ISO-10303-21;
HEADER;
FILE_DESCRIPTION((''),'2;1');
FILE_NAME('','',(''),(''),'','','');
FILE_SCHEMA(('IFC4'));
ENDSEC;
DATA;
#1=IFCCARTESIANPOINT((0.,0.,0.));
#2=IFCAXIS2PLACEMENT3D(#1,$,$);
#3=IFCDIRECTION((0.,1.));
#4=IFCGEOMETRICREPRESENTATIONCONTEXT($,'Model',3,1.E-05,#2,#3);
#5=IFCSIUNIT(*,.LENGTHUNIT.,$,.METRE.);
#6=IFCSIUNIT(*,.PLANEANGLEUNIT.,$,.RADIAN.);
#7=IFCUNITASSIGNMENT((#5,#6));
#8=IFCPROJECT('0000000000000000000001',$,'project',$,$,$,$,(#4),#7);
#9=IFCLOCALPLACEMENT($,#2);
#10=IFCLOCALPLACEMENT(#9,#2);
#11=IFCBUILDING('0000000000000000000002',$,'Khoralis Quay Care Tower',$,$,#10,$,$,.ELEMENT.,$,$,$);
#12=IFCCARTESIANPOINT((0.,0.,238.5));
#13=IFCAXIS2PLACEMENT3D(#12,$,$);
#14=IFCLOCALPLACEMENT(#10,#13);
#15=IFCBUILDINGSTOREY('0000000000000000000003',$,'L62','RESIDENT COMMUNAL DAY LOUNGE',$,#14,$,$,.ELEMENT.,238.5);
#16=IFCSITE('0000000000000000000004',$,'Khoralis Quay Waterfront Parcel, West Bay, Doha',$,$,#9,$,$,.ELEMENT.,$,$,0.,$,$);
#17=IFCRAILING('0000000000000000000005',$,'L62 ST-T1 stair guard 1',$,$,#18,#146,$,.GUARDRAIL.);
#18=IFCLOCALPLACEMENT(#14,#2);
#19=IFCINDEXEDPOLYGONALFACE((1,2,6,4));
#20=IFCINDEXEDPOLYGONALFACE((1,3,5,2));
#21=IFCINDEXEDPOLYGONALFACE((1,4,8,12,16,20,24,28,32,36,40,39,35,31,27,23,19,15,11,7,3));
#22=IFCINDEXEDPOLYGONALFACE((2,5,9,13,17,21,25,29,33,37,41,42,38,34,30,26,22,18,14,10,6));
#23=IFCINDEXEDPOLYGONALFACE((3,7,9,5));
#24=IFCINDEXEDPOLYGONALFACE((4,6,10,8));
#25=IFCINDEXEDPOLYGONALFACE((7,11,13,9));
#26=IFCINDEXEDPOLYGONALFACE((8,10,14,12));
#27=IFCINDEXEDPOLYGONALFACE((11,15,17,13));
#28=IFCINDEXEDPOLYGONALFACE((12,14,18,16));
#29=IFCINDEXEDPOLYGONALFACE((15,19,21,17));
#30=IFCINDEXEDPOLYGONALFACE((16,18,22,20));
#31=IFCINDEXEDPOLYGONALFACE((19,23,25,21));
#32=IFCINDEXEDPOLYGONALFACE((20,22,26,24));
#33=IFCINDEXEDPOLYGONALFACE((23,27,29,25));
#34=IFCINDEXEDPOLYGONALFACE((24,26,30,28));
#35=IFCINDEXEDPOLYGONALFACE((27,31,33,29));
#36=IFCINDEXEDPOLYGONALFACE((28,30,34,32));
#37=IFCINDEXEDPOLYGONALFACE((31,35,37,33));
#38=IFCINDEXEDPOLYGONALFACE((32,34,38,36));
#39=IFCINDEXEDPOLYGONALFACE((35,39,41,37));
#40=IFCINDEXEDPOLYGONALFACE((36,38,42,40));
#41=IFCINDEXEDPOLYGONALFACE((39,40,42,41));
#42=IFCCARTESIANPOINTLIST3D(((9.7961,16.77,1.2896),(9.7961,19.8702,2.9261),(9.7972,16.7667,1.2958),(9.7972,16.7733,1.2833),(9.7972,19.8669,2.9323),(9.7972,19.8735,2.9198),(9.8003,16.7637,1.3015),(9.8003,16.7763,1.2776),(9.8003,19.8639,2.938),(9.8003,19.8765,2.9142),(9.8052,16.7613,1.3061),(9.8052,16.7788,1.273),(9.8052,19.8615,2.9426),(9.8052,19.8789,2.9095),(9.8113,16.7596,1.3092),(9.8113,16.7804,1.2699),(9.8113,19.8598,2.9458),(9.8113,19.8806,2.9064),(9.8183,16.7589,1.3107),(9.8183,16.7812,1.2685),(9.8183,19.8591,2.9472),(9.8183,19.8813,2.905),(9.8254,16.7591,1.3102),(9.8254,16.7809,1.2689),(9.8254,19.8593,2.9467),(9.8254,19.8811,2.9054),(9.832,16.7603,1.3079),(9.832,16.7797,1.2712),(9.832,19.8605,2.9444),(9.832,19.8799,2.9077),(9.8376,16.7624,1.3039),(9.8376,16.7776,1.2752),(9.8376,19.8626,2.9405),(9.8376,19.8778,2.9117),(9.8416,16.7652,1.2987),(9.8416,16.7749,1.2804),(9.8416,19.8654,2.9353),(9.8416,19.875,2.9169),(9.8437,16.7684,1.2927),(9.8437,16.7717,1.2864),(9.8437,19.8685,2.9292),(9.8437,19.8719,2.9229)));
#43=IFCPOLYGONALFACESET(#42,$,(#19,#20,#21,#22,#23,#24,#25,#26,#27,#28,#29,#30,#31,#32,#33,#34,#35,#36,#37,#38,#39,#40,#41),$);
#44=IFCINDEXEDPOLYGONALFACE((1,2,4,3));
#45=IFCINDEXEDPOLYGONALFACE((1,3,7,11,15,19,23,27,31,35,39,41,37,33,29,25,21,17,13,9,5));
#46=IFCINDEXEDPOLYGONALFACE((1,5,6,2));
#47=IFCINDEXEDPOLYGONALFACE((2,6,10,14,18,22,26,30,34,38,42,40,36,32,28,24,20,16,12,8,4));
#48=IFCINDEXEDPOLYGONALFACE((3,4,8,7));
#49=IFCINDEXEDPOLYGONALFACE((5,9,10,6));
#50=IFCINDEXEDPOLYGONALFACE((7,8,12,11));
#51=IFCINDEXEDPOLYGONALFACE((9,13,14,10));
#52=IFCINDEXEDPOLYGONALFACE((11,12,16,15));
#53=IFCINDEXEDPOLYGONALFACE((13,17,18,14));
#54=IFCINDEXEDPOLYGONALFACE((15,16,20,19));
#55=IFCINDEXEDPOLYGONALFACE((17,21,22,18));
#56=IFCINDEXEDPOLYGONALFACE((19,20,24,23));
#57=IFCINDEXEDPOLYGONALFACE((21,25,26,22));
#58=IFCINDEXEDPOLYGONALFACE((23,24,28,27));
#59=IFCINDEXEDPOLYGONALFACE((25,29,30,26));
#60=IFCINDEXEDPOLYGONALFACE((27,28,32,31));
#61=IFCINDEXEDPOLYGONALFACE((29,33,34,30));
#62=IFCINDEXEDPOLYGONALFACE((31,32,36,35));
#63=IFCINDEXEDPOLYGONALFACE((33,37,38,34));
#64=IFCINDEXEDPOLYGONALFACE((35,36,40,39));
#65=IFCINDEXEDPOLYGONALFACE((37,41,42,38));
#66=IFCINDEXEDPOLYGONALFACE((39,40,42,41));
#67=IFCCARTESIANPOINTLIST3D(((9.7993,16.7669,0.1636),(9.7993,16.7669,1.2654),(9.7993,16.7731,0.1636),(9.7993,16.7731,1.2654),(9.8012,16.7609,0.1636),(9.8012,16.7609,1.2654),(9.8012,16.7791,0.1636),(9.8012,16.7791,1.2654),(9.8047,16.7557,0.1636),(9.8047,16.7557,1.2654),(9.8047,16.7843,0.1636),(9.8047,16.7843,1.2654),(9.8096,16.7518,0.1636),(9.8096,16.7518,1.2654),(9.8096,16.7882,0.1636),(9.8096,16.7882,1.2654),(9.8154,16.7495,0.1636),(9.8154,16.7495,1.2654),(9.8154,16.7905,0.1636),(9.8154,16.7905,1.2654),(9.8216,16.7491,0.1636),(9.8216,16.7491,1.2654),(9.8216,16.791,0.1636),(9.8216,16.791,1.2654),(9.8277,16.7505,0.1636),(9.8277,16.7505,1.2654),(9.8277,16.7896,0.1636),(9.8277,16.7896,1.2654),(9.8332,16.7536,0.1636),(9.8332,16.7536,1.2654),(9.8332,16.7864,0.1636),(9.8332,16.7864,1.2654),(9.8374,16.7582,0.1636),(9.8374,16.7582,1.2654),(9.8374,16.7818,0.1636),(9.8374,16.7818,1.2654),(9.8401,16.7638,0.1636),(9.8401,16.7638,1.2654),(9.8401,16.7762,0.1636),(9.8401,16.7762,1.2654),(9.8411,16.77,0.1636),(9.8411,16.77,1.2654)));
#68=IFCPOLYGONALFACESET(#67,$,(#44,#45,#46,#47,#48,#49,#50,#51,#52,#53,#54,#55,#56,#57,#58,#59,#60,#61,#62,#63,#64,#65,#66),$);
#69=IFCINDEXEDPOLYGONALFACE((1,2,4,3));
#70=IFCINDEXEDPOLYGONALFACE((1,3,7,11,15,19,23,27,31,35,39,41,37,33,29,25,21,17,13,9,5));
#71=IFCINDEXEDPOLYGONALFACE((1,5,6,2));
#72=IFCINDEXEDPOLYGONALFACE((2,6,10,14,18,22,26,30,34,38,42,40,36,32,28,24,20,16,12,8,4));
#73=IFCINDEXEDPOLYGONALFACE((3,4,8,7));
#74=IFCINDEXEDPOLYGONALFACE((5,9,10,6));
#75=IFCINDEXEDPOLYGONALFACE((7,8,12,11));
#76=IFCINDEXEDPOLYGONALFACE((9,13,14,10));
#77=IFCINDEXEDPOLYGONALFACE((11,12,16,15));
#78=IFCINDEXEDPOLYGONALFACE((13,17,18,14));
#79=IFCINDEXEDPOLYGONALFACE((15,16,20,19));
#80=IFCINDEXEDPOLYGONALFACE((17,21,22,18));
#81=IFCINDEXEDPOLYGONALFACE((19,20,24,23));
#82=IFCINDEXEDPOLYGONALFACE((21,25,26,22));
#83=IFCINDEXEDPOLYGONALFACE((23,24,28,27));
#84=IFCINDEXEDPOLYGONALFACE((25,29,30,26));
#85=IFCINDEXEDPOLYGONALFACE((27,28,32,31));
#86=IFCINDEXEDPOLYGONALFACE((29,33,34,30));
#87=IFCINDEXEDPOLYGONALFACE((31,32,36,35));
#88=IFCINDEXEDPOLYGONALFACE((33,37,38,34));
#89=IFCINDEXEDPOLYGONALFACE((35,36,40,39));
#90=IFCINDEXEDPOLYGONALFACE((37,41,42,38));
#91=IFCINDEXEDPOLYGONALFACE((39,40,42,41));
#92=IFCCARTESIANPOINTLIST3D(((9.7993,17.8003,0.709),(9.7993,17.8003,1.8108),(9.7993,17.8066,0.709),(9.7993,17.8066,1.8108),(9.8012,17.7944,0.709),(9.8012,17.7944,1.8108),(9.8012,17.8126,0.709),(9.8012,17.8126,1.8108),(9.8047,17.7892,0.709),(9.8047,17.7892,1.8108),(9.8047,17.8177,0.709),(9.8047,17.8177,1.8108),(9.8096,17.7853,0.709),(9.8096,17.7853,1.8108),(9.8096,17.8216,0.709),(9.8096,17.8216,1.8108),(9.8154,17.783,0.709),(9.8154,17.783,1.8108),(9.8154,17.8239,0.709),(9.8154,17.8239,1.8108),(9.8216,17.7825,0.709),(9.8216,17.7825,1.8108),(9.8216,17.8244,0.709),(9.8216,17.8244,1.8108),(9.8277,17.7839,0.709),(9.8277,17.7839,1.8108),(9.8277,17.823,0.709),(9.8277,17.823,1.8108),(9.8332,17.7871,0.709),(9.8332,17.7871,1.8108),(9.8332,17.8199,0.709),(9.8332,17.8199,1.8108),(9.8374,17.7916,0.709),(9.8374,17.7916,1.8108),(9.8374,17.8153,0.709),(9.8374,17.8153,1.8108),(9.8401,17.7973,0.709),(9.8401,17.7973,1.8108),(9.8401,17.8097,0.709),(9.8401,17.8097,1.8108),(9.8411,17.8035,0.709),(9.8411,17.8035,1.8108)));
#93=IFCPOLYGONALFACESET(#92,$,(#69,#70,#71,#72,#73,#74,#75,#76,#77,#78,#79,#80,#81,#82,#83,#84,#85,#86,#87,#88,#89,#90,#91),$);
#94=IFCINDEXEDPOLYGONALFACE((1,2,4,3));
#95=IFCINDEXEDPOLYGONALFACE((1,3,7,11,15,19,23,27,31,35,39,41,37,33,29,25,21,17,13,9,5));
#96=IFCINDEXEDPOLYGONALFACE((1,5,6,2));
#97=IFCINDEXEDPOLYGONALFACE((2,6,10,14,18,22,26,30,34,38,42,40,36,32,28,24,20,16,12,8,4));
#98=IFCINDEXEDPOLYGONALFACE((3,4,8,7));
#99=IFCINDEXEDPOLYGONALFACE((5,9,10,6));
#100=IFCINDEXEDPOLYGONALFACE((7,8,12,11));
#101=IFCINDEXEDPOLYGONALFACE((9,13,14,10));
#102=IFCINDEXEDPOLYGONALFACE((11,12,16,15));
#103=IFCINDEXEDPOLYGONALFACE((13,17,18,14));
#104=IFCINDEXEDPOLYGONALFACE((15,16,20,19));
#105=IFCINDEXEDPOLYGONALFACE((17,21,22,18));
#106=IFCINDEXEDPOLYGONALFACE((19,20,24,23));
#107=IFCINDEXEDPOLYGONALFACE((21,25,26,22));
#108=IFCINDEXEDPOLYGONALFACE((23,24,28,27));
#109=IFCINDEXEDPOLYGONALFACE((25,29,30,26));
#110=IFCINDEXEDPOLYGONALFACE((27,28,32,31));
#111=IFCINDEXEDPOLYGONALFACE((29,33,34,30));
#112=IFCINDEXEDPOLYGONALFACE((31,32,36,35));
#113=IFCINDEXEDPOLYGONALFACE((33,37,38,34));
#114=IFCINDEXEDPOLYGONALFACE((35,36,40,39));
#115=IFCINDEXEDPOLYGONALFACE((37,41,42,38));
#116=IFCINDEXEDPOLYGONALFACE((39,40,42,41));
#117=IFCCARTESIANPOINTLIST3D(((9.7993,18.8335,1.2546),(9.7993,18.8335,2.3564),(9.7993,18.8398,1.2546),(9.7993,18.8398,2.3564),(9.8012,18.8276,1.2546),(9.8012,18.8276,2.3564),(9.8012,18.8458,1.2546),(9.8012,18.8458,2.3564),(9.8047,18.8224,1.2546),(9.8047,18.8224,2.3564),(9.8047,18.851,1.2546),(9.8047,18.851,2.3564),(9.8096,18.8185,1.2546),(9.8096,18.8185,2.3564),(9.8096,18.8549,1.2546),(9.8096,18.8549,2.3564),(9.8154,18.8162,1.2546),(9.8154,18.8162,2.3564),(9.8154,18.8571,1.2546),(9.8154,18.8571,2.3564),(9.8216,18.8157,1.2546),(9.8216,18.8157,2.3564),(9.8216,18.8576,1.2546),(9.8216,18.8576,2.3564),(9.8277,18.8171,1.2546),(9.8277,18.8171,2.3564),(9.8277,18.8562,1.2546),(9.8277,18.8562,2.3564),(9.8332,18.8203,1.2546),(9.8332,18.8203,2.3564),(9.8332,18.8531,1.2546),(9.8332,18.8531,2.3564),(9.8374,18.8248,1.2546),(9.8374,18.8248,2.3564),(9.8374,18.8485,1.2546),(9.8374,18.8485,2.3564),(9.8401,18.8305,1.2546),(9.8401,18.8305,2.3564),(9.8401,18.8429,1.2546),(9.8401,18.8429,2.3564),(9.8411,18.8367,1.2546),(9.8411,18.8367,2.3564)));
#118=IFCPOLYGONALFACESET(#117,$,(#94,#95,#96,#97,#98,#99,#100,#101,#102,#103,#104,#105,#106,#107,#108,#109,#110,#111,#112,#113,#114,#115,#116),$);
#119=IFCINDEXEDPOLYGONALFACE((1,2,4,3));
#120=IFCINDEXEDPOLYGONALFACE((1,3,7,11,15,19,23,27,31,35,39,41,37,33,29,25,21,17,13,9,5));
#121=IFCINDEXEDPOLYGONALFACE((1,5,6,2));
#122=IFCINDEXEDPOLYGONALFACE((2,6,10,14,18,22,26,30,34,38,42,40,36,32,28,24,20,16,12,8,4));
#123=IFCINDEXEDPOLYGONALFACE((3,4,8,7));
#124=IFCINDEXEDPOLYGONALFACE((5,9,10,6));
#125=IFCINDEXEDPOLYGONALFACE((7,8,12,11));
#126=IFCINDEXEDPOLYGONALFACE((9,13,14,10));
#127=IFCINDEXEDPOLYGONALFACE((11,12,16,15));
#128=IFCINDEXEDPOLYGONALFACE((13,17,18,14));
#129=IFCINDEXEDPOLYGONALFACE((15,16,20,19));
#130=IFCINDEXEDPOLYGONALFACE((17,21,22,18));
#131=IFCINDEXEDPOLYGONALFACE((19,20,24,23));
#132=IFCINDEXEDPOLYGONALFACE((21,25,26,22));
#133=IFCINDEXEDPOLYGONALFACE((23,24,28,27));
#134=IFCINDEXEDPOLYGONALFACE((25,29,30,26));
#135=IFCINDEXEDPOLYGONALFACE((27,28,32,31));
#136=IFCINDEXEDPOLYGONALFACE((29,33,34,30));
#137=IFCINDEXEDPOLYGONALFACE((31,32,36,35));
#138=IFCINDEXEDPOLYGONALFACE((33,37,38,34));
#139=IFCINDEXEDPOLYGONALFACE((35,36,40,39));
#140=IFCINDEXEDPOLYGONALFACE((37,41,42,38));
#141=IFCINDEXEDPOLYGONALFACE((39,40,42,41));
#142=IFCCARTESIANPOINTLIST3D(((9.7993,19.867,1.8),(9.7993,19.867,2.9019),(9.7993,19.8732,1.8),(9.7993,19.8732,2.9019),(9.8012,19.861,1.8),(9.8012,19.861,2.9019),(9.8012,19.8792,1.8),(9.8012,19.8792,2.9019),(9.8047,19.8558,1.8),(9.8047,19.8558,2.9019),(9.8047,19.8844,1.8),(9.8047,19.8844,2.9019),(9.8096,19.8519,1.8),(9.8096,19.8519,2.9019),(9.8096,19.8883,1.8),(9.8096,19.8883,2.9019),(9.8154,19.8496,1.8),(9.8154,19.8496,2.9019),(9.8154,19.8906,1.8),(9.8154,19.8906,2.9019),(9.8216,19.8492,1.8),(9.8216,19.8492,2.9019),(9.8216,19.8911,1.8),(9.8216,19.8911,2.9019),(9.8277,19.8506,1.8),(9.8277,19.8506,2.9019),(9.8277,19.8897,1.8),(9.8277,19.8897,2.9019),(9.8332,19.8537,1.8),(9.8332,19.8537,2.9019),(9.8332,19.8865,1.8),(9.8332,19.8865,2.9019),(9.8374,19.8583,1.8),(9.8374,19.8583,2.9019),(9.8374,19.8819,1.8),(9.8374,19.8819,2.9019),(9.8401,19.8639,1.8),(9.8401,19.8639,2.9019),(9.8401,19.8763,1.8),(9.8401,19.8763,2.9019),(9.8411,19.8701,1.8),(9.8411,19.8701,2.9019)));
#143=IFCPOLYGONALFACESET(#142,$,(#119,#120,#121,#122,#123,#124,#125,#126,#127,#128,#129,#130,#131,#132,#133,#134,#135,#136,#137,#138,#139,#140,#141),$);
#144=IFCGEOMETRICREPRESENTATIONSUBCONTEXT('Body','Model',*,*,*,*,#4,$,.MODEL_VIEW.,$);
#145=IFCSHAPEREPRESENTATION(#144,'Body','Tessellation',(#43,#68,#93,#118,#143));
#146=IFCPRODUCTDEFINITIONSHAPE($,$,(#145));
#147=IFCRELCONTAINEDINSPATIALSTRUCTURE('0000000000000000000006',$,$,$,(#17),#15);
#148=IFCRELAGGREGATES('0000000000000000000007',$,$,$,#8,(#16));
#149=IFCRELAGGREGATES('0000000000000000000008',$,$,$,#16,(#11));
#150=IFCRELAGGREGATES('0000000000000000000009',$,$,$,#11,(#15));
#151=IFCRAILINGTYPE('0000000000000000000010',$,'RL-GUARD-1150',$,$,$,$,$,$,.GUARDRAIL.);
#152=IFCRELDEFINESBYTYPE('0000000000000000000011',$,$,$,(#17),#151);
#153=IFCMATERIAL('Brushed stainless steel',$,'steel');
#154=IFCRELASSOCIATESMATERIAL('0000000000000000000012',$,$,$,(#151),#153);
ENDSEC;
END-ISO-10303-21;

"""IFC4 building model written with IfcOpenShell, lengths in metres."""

from ifc_helpers import new_model, si_unit, direction, frame, origin, origin_2d, place, context, subcontext, project, spatial, circle, extrude, material, type_object, element, save


model = new_model("IFC4")

# Units and contexts
model_context = context("Model", 3, precision=1e-05, world=origin(), true_north=direction((0.0, 1.0)))
body_context = subcontext(model_context, "Body", "Model", "MODEL_VIEW")
ifc_project = project(units=[si_unit("LENGTHUNIT", "METRE"), si_unit("PLANEANGLEUNIT", "RADIAN")], contexts=[model_context])

# Site, building, storey
site_placement = place(None, origin())
site = spatial("IfcSite", under=ifc_project, at=site_placement, Name="Khoralis Quay Waterfront Parcel, West Bay, Doha", CompositionType="ELEMENT", RefElevation=0.0)
building_placement = place(site_placement, origin())
building = spatial("IfcBuilding", under=site, at=building_placement, Name="Khoralis Quay Care Tower", CompositionType="ELEMENT")
storey_placement = place(building_placement, frame((0.0, 0.0, 238.5)))
storey = spatial("IfcBuildingStorey", under=building, at=storey_placement, Name="L62", Description="RESIDENT COMMUNAL DAY LOUNGE", CompositionType="ELEMENT", Elevation=238.5)

# Shared definitions
ifc_material_1 = material(Name="Brushed stainless steel", Category="steel")

# Railing
railing_type = type_object("IfcRailingType", Name="RL-GUARD-1150", PredefinedType="GUARDRAIL", material=ifc_material_1)
railing_1_placement = place(storey_placement, frame((9.8201, 16.77, 0.1636)))
element("IfcRailing", 1, at=railing_1_placement, inside=storey, type_object=railing_type, Name="L62 ST-T1 stair guard 1", PredefinedType="GUARDRAIL", context=body_context, shape_type="SweptSolid", body=[
    extrude(circle(Radius=0.0239, at=origin_2d()), frame((0.0, 0.0, 1.126), z_axis=(0.0, 0.884348, 0.466828), x_axis=(-1.0, 0.0, 0.0)), (0.0, 0.0, 1.0), 3.5056),
    extrude(circle(Radius=0.021, at=origin_2d()), origin(), (0.0, 0.0, 1.0), 1.1018),
    extrude(circle(Radius=0.021, at=origin_2d()), frame((0.0, 1.0334, 0.5454)), (0.0, 0.0, 1.0), 1.1018),
    extrude(circle(Radius=0.021, at=origin_2d()), frame((0.0, 2.0667, 1.0911)), (0.0, 0.0, 1.0), 1.1018),
    extrude(circle(Radius=0.021, at=origin_2d()), frame((0.0, 3.1001, 1.6365)), (0.0, 0.0, 1.0), 1.1018),
])

save(model, "model.ifc")
